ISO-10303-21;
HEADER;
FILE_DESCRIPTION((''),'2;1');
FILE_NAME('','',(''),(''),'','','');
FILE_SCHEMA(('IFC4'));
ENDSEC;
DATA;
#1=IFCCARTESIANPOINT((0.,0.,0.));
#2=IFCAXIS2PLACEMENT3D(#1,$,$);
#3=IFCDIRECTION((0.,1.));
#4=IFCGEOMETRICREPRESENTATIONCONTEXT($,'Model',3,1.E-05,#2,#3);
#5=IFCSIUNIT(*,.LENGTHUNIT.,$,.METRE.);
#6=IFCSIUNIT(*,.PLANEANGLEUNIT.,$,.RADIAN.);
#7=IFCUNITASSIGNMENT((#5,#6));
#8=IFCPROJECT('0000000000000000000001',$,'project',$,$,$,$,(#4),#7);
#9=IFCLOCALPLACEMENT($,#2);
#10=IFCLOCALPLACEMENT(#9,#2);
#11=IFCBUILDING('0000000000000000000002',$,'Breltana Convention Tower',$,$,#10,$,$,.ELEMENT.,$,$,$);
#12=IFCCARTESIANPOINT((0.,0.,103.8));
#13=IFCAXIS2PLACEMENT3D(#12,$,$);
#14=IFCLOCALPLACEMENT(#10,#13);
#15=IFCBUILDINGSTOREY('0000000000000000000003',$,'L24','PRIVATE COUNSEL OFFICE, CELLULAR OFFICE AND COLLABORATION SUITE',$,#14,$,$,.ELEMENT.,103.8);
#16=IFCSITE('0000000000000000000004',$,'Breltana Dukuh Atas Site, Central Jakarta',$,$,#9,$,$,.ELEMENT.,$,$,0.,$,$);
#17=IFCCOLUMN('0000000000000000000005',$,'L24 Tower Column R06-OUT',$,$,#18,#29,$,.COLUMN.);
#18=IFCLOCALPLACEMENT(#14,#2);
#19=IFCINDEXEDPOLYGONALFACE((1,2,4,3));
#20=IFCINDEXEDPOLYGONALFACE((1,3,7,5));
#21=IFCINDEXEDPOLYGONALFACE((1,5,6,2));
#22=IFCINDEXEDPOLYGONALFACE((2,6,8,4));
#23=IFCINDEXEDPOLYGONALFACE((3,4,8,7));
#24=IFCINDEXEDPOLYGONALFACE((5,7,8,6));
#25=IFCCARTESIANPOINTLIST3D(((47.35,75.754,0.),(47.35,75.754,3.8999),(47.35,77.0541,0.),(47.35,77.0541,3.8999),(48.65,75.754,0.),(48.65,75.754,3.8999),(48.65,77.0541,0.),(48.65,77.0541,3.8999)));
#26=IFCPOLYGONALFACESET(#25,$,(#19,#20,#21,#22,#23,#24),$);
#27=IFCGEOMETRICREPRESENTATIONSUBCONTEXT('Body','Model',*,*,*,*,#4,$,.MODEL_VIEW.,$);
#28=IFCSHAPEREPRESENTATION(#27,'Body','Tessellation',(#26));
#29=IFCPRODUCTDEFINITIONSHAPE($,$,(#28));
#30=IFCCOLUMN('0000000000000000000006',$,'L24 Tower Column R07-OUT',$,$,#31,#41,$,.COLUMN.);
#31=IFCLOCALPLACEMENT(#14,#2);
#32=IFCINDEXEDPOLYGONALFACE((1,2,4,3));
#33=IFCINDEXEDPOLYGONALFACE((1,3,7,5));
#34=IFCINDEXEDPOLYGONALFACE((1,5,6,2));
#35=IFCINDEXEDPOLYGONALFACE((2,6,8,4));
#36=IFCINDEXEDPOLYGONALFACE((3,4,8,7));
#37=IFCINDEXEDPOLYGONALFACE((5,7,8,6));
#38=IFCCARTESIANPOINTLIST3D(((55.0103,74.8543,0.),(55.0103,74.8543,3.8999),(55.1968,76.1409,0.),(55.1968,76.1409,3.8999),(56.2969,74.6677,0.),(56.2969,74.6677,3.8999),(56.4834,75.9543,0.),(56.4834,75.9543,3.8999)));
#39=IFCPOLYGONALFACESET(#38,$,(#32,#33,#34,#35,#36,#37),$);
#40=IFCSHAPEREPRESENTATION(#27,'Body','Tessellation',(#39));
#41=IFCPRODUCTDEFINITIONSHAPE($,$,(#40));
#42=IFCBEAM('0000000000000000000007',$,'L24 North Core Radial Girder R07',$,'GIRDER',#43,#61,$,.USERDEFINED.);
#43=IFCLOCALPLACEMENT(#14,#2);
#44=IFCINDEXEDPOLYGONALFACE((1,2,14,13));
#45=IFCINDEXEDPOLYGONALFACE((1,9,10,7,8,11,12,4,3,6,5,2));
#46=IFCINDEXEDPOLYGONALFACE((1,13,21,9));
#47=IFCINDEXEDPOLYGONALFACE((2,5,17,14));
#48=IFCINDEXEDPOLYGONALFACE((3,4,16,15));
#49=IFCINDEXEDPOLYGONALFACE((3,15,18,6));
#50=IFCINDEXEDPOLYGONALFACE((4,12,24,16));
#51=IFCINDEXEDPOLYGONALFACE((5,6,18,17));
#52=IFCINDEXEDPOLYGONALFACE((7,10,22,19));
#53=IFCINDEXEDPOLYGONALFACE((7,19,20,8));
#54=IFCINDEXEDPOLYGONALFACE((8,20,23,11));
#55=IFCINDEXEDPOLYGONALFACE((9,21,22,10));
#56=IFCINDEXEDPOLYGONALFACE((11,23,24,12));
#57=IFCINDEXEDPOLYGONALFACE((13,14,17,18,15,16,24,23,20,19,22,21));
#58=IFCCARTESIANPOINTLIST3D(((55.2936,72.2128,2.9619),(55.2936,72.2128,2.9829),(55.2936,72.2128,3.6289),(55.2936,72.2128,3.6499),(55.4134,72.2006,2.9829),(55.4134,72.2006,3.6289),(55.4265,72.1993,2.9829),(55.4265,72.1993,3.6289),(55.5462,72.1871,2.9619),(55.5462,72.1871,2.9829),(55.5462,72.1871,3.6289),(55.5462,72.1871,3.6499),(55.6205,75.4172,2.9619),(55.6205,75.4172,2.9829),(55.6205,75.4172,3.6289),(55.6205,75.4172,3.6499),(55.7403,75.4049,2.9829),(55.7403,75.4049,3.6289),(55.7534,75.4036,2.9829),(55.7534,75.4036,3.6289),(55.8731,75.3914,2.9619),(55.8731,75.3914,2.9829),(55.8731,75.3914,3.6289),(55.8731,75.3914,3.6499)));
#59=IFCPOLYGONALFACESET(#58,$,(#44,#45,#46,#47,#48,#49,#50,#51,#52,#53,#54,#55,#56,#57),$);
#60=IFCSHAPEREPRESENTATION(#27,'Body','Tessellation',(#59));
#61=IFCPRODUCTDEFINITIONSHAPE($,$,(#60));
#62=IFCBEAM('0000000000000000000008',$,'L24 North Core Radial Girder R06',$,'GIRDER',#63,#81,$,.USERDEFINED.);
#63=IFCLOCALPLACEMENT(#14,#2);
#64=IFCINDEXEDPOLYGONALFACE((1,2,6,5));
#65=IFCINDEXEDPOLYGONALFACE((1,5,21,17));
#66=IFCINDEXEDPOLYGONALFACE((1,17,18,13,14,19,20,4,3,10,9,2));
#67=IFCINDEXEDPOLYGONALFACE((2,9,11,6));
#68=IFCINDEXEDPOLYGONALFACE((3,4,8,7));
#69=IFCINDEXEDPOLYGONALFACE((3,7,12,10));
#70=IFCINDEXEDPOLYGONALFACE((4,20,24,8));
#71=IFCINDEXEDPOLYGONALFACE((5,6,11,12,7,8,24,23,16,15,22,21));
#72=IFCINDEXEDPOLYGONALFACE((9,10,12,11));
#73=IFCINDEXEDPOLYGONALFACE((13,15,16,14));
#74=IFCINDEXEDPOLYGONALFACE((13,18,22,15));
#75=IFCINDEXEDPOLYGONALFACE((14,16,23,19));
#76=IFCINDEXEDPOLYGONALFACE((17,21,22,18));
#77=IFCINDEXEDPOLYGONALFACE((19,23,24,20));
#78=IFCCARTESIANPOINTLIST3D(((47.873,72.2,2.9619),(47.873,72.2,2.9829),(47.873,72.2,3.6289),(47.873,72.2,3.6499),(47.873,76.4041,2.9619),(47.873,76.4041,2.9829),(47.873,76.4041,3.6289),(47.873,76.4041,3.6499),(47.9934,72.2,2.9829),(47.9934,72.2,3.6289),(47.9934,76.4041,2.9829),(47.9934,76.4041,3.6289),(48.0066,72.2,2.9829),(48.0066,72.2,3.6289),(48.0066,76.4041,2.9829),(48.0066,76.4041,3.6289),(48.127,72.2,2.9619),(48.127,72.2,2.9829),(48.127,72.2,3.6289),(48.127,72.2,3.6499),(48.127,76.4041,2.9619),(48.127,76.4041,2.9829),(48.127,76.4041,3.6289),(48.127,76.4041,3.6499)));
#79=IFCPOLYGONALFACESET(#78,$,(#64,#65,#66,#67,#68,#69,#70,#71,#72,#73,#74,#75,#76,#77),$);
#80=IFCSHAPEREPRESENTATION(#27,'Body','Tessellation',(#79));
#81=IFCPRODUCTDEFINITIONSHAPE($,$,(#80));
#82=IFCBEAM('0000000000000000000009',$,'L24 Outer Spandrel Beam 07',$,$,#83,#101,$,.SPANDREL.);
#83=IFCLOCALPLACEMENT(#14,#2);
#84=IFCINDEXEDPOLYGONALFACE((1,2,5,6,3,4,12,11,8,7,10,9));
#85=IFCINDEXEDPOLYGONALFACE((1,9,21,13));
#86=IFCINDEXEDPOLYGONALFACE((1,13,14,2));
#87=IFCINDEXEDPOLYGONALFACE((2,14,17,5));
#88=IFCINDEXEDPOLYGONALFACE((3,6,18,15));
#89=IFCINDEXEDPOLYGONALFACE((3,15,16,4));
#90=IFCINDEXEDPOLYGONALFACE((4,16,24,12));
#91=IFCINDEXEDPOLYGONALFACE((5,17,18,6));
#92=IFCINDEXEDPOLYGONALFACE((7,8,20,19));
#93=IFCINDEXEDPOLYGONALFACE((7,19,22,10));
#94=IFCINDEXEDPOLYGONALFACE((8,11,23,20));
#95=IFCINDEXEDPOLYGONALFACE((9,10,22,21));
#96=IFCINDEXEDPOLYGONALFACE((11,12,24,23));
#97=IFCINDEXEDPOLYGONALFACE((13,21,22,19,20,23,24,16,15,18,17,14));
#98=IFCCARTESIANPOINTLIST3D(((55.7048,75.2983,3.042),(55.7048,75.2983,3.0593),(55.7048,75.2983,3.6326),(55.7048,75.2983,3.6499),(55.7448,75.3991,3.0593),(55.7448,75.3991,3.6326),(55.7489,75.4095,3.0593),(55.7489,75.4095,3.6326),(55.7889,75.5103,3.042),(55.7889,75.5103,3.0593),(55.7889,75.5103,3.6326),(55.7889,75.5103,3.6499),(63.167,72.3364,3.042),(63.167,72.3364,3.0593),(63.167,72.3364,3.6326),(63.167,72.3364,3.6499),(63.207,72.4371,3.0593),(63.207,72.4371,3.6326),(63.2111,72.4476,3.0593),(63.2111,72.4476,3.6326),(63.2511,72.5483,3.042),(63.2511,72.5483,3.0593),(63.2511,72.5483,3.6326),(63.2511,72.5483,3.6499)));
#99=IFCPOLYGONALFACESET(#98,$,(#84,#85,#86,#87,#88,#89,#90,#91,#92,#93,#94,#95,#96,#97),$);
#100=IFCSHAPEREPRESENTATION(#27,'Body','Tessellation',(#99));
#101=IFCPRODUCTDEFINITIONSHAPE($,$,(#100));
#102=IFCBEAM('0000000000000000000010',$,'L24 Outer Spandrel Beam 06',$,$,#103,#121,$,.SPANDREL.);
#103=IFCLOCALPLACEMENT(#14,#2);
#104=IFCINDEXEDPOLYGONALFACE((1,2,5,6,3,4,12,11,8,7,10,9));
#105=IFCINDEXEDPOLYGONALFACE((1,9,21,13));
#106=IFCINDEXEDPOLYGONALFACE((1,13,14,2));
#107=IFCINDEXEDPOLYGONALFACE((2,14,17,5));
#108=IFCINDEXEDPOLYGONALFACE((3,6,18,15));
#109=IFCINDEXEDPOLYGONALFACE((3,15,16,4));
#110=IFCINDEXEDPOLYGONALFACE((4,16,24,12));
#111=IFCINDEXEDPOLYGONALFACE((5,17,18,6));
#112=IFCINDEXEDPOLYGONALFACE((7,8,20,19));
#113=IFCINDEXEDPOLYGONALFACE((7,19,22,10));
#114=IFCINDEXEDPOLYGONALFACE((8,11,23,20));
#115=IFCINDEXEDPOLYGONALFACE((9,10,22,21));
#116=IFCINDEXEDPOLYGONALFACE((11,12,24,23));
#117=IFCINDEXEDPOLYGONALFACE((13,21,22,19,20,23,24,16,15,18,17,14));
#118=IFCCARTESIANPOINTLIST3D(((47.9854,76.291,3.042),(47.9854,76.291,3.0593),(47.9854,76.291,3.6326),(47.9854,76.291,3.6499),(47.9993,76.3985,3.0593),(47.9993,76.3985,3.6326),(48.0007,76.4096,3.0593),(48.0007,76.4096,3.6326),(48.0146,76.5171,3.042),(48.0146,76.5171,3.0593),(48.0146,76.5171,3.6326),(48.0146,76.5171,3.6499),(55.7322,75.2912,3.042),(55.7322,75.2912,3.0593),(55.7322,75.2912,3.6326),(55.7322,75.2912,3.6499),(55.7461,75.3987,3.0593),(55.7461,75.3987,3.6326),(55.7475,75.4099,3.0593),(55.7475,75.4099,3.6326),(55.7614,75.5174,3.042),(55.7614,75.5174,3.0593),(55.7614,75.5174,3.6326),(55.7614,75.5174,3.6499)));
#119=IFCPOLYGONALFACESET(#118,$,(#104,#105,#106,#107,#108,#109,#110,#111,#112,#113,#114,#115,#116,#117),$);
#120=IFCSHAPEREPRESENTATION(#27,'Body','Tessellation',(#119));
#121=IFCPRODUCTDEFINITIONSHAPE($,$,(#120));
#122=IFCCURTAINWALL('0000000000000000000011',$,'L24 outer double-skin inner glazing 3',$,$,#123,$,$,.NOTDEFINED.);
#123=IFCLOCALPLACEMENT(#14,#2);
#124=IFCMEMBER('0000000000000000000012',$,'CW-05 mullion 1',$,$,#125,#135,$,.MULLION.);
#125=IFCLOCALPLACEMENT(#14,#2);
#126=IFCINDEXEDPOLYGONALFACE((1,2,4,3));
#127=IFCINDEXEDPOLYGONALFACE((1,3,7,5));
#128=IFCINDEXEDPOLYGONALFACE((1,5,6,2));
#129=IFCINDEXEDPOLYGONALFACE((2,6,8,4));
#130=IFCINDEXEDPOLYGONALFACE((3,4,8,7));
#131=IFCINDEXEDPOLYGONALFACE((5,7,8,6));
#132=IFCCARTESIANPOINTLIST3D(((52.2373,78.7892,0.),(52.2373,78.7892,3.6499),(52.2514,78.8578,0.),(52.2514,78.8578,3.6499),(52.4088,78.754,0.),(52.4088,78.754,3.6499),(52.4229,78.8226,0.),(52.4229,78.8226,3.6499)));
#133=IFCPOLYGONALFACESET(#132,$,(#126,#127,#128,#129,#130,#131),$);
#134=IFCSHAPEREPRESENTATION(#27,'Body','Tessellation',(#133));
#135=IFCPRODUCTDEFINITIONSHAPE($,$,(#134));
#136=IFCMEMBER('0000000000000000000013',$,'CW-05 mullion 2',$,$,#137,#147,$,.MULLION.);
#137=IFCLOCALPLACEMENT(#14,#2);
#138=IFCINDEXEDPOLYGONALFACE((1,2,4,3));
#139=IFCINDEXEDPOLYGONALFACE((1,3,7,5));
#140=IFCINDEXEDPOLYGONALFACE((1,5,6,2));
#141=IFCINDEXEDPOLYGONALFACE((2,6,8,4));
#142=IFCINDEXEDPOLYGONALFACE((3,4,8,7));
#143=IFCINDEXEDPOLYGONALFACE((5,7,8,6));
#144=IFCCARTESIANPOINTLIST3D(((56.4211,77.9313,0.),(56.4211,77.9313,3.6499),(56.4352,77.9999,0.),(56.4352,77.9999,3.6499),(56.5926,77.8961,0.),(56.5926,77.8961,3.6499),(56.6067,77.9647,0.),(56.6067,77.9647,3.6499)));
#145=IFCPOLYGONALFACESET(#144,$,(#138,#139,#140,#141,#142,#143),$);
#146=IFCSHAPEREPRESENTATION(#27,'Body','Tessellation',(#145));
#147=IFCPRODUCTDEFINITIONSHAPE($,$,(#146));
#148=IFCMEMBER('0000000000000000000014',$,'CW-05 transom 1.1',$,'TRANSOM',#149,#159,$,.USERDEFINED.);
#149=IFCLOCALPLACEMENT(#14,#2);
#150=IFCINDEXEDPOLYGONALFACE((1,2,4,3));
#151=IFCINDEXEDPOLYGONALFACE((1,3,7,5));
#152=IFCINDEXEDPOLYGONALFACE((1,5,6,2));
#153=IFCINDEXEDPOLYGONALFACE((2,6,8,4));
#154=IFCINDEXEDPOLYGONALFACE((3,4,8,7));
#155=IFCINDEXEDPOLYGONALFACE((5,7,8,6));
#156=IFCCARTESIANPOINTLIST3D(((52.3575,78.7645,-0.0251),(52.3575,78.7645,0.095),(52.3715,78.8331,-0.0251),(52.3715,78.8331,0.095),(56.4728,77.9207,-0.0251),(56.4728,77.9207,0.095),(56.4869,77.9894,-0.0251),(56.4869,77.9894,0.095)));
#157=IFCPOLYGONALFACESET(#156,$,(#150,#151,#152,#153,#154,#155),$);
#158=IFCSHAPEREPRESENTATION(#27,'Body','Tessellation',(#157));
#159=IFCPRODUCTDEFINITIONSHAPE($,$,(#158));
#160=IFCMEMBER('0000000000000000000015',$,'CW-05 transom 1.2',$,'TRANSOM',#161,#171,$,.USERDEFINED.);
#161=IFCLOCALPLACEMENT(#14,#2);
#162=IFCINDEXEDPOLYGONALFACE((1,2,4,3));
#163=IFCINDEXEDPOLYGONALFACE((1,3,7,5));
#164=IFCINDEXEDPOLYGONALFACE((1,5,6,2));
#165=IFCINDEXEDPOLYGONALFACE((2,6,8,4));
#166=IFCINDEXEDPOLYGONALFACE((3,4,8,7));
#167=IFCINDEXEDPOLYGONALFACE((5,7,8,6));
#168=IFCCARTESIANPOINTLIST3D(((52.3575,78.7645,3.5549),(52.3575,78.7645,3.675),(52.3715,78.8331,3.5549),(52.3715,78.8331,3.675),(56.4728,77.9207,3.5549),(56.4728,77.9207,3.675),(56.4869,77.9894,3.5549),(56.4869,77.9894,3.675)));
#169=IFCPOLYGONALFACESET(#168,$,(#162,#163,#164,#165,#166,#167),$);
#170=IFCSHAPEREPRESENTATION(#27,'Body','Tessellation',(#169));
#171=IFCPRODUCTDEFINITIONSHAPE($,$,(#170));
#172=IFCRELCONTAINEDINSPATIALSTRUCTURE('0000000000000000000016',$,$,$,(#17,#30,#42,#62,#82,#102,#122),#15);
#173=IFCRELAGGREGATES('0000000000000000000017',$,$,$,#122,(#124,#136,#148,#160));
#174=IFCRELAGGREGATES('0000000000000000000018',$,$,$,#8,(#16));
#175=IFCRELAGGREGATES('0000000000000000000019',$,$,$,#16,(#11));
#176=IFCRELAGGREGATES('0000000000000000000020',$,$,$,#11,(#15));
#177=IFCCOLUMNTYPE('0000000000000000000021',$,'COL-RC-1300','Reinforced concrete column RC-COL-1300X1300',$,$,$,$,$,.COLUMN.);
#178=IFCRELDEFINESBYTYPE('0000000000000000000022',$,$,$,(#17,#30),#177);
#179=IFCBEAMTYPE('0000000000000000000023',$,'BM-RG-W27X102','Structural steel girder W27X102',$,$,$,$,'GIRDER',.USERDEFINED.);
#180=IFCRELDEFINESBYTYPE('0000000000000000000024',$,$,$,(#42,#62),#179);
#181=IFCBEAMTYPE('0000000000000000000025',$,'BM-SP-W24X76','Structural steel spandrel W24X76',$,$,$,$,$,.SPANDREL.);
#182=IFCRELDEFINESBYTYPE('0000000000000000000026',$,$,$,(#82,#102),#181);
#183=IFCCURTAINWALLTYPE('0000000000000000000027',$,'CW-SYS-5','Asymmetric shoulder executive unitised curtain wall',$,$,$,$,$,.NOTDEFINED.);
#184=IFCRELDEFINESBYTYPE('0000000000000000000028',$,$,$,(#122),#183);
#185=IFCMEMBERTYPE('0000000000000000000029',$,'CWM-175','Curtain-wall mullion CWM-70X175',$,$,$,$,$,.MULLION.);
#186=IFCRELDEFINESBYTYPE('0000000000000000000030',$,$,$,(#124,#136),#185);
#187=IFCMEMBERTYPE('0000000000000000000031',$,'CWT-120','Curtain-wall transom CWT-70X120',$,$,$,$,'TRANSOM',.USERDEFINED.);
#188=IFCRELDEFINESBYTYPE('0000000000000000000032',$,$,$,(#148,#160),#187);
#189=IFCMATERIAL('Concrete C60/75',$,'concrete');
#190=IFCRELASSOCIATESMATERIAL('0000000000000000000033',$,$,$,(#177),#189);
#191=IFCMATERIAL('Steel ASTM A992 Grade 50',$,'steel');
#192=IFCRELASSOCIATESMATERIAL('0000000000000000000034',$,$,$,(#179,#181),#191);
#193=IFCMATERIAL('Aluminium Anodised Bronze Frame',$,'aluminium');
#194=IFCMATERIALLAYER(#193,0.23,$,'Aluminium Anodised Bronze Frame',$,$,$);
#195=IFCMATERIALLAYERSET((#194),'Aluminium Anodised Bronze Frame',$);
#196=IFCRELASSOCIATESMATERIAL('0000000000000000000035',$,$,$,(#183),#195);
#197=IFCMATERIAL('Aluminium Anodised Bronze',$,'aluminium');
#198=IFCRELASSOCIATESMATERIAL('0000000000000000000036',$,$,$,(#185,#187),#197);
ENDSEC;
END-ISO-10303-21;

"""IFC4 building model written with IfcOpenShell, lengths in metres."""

from ifc_helpers import new_model, si_unit, direction, frame, origin, origin_2d, place, context, subcontext, project, spatial, rectangle, i_section, extrude, source, transform, mapped, material, layer, layer_set, material_profile, profile_set, type_object, element, aggregate, save


model = new_model("IFC4")

# Units and contexts
model_context = context("Model", 3, precision=1e-05, world=origin(), true_north=direction((0.0, 1.0)))
body_context = subcontext(model_context, "Body", "Model", "MODEL_VIEW")
ifc_project = project(units=[si_unit("LENGTHUNIT", "METRE"), si_unit("PLANEANGLEUNIT", "RADIAN")], contexts=[model_context])

# Site, building, storey
site_placement = place(None, origin())
site = spatial("IfcSite", under=ifc_project, at=site_placement, Name="Breltana Dukuh Atas Site, Central Jakarta", CompositionType="ELEMENT", RefElevation=0.0)
building_placement = place(site_placement, origin())
building = spatial("IfcBuilding", under=site, at=building_placement, Name="Breltana Convention Tower", CompositionType="ELEMENT")
storey_placement = place(building_placement, frame((0.0, 0.0, 103.8)))
storey = spatial("IfcBuildingStorey", under=building, at=storey_placement, Name="L24", Description="PRIVATE COUNSEL OFFICE, CELLULAR OFFICE AND COLLABORATION SUITE", CompositionType="ELEMENT", Elevation=103.8)

# Columns
ifc_material_1 = material(Name="Concrete C60/75", Category="concrete")
ifc_material_profile_1 = material_profile(ifc_material_1, rectangle(XDim=1.3, YDim=1.3, at=origin_2d()), Name="RC-COL-1300X1300")
ifc_profile_set_1 = profile_set([ifc_material_profile_1], Name="Concrete C60/75")
column_type = type_object("IfcColumnType", Name="COL-RC-1300", Description="Reinforced concrete column RC-COL-1300X1300", PredefinedType="COLUMN", material=ifc_profile_set_1)
shared_shape_1 = source(origin(), body_context, "Body", "SweptSolid", [
    extrude(rectangle(XDim=1.3, YDim=1.3, at=origin_2d()), origin(), (0.0, 0.0, 1.0), 3.8999),
])
for number, where, z_axis, x_axis, name in (
    (1, (48.0, 76.4041, 0.0), (0.0, 0.0, 1.0), (0.0, 1.0, 0.0), "L24 Tower Column R06-OUT"),
    (2, (55.7468, 75.4043, 0.0), (0.0, 0.0, 1.0), (0.143493, 0.989651, 0.0), "L24 Tower Column R07-OUT"),
):
    element("IfcColumn", number, at=place(storey_placement, frame(where, z_axis=z_axis, x_axis=x_axis)), inside=storey, type_object=column_type, Name=name, PredefinedType="COLUMN", context=body_context, shape_type="MappedRepresentation", body=[
        mapped(shared_shape_1, transform((0.0, 0.0, 0.0), scale=1.0)),
    ])

# Beams
ifc_material_2 = material(Name="Steel ASTM A992 Grade 50", Category="steel")
ifc_material_profile_2 = material_profile(ifc_material_2, i_section(OverallWidth=0.2539, OverallDepth=0.688, WebThickness=0.0132, FlangeThickness=0.021, at=origin_2d()), Name="W27X102")
ifc_profile_set_2 = profile_set([ifc_material_profile_2], Name="Steel ASTM A992 Grade 50")
beam_type_1 = type_object("IfcBeamType", Name="BM-RG-W27X102", Description="Structural steel girder W27X102", ElementType="GIRDER", PredefinedType="USERDEFINED", material=ifc_profile_set_2)
shared_shape_2 = source(origin(), body_context, "Body", "SweptSolid", [
    extrude(i_section(OverallWidth=0.2539, OverallDepth=0.688, WebThickness=0.0132, FlangeThickness=0.021, at=origin_2d()), origin(), (0.0, 0.0, 1.0), 3.2209),
])
beam_1_placement = place(storey_placement, frame((55.4199, 72.2, 3.3059), z_axis=(0.101492, 0.994836, 0.0), x_axis=(-0.994836, 0.101492, 0.0)))
element("IfcBeam", 3, at=beam_1_placement, inside=storey, type_object=beam_type_1, Name="L24 North Core Radial Girder R07", ObjectType="GIRDER", PredefinedType="USERDEFINED", context=body_context, shape_type="MappedRepresentation", body=[
    mapped(shared_shape_2, transform((0.0, 0.0, 0.0), scale=1.0)),
])
shared_shape_3 = source(origin(), body_context, "Body", "SweptSolid", [
    extrude(i_section(OverallWidth=0.2539, OverallDepth=0.688, WebThickness=0.0132, FlangeThickness=0.021, at=origin_2d()), origin(), (0.0, 0.0, 1.0), 4.2041),
])
beam_2_placement = place(storey_placement, frame((48.0, 72.2, 3.3059), z_axis=(0.0, 1.0, 0.0), x_axis=(-1.0, 0.0, 0.0)))
element("IfcBeam", 4, at=beam_2_placement, inside=storey, type_object=beam_type_1, Name="L24 North Core Radial Girder R06", ObjectType="GIRDER", PredefinedType="USERDEFINED", context=body_context, shape_type="MappedRepresentation", body=[
    mapped(shared_shape_3, transform((0.0, 0.0, 0.0), scale=1.0)),
])
ifc_material_profile_3 = material_profile(ifc_material_2, i_section(OverallWidth=0.228, OverallDepth=0.6079, WebThickness=0.0112, FlangeThickness=0.0173, at=origin_2d()), Name="W24X76")
ifc_profile_set_3 = profile_set([ifc_material_profile_3], Name="Steel ASTM A992 Grade 50")
beam_type_2 = type_object("IfcBeamType", Name="BM-SP-W24X76", Description="Structural steel spandrel W24X76", PredefinedType="SPANDREL", material=ifc_profile_set_3)
shared_shape_4 = source(origin(), body_context, "Body", "SweptSolid", [
    extrude(i_section(OverallWidth=0.228, OverallDepth=0.6079, WebThickness=0.0112, FlangeThickness=0.0173, at=origin_2d()), origin(), (0.0, 0.0, 1.0), 8.0286),
])
beam_3_placement = place(storey_placement, frame((55.7468, 75.4043, 3.3459), z_axis=(0.929459, -0.368925, 0.0), x_axis=(0.368925, 0.929459, 0.0)))
element("IfcBeam", 5, at=beam_3_placement, inside=storey, type_object=beam_type_2, Name="L24 Outer Spandrel Beam 07", PredefinedType="SPANDREL", context=body_context, shape_type="MappedRepresentation", body=[
    mapped(shared_shape_4, transform((0.0, 0.0, 0.0), scale=1.0)),
])
shared_shape_5 = source(origin(), body_context, "Body", "SweptSolid", [
    extrude(i_section(OverallWidth=0.228, OverallDepth=0.6079, WebThickness=0.0112, FlangeThickness=0.0173, at=origin_2d()), origin(), (0.0, 0.0, 1.0), 7.811),
])
beam_4_placement = place(storey_placement, frame((48.0, 76.4041, 3.3459), z_axis=(0.991775, -0.127992, 0.0), x_axis=(0.127992, 0.991775, 0.0)))
element("IfcBeam", 6, at=beam_4_placement, inside=storey, type_object=beam_type_2, Name="L24 Outer Spandrel Beam 06", PredefinedType="SPANDREL", context=body_context, shape_type="MappedRepresentation", body=[
    mapped(shared_shape_5, transform((0.0, 0.0, 0.0), scale=1.0)),
])

# Curtain wall, members
ifc_material_3 = material(Name="Aluminium Anodised Bronze Frame", Category="aluminium")
ifc_layer_1 = layer(ifc_material_3, 0.23, Name="Aluminium Anodised Bronze Frame")
ifc_layer_set_1 = layer_set([ifc_layer_1], Name="Aluminium Anodised Bronze Frame")
curtain_wall_type = type_object("IfcCurtainWallType", Name="CW-SYS-5", Description="Asymmetric shoulder executive unitised curtain wall", PredefinedType="NOTDEFINED", material=ifc_layer_set_1)
curtain_wall_placement = place(storey_placement, origin())
curtain_wall = element("IfcCurtainWall", 7, at=curtain_wall_placement, inside=storey, type_object=curtain_wall_type, Name="L24 outer double-skin inner glazing 3", PredefinedType="NOTDEFINED")
ifc_material_4 = material(Name="Aluminium Anodised Bronze", Category="aluminium")
ifc_material_profile_4 = material_profile(ifc_material_4, rectangle(XDim=0.0701, YDim=0.175, at=origin_2d()), Name="CWM-70X175")
ifc_profile_set_4 = profile_set([ifc_material_profile_4], Name="Aluminium Anodised Bronze")
member_type_1 = type_object("IfcMemberType", Name="CWM-175", Description="Curtain-wall mullion CWM-70X175", PredefinedType="MULLION", material=ifc_profile_set_4)
shared_shape_6 = source(origin(), body_context, "Body", "SweptSolid", [
    extrude(rectangle(XDim=0.0701, YDim=0.175, at=origin_2d()), origin(), (0.0, 0.0, 1.0), 3.6499),
])
member_1_placement = place(storey_placement, frame((52.3301, 78.8059, 0.0), z_axis=(0.0, 0.0, 1.0), x_axis=(0.200859, 0.97962, 0.0)))
member_1 = element("IfcMember", 8, at=member_1_placement, type_object=member_type_1, Name="CW-05 mullion 1", PredefinedType="MULLION", context=body_context, shape_type="MappedRepresentation", body=[
    mapped(shared_shape_6, transform((0.0, 0.0, 0.0), scale=1.0)),
])
member_2_placement = place(storey_placement, frame((56.5139, 77.948, 0.0), z_axis=(0.0, 0.0, 1.0), x_axis=(0.200859, 0.97962, 0.0)))
member_2 = element("IfcMember", 9, at=member_2_placement, type_object=member_type_1, Name="CW-05 mullion 2", PredefinedType="MULLION", context=body_context, shape_type="MappedRepresentation", body=[
    mapped(shared_shape_6, transform((0.0, 0.0, 0.0), scale=1.0)),
])
ifc_material_profile_5 = material_profile(ifc_material_4, rectangle(XDim=0.0701, YDim=0.1201, at=origin_2d()), Name="CWT-70X120")
ifc_profile_set_5 = profile_set([ifc_material_profile_5], Name="Aluminium Anodised Bronze")
member_type_2 = type_object("IfcMemberType", Name="CWT-120", Description="Curtain-wall transom CWT-70X120", ElementType="TRANSOM", PredefinedType="USERDEFINED", material=ifc_profile_set_5)
shared_shape_7 = source(origin(), body_context, "Body", "SweptSolid", [
    extrude(rectangle(XDim=0.0701, YDim=0.1201, at=origin_2d()), origin(), (0.0, 0.0, 1.0), 4.2009),
])
member_3_placement = place(storey_placement, frame((52.3645, 78.7988, 0.0349), z_axis=(0.979621, -0.200853, 0.0), x_axis=(0.200853, 0.979621, 0.0)))
member_3 = element("IfcMember", 10, at=member_3_placement, type_object=member_type_2, Name="CW-05 transom 1.1", ObjectType="TRANSOM", PredefinedType="USERDEFINED", context=body_context, shape_type="MappedRepresentation", body=[
    mapped(shared_shape_7, transform((0.0, 0.0, 0.0), scale=1.0)),
])
member_4_placement = place(storey_placement, frame((52.3645, 78.7988, 3.615), z_axis=(0.979621, -0.200853, 0.0), x_axis=(0.200853, 0.979621, 0.0)))
member_4 = element("IfcMember", 11, at=member_4_placement, type_object=member_type_2, Name="CW-05 transom 1.2", ObjectType="TRANSOM", PredefinedType="USERDEFINED", context=body_context, shape_type="MappedRepresentation", body=[
    mapped(shared_shape_7, transform((0.0, 0.0, 0.0), scale=1.0)),
])
aggregate(curtain_wall, [member_1, member_2, member_3, member_4])

save(model, "model.ifc")
